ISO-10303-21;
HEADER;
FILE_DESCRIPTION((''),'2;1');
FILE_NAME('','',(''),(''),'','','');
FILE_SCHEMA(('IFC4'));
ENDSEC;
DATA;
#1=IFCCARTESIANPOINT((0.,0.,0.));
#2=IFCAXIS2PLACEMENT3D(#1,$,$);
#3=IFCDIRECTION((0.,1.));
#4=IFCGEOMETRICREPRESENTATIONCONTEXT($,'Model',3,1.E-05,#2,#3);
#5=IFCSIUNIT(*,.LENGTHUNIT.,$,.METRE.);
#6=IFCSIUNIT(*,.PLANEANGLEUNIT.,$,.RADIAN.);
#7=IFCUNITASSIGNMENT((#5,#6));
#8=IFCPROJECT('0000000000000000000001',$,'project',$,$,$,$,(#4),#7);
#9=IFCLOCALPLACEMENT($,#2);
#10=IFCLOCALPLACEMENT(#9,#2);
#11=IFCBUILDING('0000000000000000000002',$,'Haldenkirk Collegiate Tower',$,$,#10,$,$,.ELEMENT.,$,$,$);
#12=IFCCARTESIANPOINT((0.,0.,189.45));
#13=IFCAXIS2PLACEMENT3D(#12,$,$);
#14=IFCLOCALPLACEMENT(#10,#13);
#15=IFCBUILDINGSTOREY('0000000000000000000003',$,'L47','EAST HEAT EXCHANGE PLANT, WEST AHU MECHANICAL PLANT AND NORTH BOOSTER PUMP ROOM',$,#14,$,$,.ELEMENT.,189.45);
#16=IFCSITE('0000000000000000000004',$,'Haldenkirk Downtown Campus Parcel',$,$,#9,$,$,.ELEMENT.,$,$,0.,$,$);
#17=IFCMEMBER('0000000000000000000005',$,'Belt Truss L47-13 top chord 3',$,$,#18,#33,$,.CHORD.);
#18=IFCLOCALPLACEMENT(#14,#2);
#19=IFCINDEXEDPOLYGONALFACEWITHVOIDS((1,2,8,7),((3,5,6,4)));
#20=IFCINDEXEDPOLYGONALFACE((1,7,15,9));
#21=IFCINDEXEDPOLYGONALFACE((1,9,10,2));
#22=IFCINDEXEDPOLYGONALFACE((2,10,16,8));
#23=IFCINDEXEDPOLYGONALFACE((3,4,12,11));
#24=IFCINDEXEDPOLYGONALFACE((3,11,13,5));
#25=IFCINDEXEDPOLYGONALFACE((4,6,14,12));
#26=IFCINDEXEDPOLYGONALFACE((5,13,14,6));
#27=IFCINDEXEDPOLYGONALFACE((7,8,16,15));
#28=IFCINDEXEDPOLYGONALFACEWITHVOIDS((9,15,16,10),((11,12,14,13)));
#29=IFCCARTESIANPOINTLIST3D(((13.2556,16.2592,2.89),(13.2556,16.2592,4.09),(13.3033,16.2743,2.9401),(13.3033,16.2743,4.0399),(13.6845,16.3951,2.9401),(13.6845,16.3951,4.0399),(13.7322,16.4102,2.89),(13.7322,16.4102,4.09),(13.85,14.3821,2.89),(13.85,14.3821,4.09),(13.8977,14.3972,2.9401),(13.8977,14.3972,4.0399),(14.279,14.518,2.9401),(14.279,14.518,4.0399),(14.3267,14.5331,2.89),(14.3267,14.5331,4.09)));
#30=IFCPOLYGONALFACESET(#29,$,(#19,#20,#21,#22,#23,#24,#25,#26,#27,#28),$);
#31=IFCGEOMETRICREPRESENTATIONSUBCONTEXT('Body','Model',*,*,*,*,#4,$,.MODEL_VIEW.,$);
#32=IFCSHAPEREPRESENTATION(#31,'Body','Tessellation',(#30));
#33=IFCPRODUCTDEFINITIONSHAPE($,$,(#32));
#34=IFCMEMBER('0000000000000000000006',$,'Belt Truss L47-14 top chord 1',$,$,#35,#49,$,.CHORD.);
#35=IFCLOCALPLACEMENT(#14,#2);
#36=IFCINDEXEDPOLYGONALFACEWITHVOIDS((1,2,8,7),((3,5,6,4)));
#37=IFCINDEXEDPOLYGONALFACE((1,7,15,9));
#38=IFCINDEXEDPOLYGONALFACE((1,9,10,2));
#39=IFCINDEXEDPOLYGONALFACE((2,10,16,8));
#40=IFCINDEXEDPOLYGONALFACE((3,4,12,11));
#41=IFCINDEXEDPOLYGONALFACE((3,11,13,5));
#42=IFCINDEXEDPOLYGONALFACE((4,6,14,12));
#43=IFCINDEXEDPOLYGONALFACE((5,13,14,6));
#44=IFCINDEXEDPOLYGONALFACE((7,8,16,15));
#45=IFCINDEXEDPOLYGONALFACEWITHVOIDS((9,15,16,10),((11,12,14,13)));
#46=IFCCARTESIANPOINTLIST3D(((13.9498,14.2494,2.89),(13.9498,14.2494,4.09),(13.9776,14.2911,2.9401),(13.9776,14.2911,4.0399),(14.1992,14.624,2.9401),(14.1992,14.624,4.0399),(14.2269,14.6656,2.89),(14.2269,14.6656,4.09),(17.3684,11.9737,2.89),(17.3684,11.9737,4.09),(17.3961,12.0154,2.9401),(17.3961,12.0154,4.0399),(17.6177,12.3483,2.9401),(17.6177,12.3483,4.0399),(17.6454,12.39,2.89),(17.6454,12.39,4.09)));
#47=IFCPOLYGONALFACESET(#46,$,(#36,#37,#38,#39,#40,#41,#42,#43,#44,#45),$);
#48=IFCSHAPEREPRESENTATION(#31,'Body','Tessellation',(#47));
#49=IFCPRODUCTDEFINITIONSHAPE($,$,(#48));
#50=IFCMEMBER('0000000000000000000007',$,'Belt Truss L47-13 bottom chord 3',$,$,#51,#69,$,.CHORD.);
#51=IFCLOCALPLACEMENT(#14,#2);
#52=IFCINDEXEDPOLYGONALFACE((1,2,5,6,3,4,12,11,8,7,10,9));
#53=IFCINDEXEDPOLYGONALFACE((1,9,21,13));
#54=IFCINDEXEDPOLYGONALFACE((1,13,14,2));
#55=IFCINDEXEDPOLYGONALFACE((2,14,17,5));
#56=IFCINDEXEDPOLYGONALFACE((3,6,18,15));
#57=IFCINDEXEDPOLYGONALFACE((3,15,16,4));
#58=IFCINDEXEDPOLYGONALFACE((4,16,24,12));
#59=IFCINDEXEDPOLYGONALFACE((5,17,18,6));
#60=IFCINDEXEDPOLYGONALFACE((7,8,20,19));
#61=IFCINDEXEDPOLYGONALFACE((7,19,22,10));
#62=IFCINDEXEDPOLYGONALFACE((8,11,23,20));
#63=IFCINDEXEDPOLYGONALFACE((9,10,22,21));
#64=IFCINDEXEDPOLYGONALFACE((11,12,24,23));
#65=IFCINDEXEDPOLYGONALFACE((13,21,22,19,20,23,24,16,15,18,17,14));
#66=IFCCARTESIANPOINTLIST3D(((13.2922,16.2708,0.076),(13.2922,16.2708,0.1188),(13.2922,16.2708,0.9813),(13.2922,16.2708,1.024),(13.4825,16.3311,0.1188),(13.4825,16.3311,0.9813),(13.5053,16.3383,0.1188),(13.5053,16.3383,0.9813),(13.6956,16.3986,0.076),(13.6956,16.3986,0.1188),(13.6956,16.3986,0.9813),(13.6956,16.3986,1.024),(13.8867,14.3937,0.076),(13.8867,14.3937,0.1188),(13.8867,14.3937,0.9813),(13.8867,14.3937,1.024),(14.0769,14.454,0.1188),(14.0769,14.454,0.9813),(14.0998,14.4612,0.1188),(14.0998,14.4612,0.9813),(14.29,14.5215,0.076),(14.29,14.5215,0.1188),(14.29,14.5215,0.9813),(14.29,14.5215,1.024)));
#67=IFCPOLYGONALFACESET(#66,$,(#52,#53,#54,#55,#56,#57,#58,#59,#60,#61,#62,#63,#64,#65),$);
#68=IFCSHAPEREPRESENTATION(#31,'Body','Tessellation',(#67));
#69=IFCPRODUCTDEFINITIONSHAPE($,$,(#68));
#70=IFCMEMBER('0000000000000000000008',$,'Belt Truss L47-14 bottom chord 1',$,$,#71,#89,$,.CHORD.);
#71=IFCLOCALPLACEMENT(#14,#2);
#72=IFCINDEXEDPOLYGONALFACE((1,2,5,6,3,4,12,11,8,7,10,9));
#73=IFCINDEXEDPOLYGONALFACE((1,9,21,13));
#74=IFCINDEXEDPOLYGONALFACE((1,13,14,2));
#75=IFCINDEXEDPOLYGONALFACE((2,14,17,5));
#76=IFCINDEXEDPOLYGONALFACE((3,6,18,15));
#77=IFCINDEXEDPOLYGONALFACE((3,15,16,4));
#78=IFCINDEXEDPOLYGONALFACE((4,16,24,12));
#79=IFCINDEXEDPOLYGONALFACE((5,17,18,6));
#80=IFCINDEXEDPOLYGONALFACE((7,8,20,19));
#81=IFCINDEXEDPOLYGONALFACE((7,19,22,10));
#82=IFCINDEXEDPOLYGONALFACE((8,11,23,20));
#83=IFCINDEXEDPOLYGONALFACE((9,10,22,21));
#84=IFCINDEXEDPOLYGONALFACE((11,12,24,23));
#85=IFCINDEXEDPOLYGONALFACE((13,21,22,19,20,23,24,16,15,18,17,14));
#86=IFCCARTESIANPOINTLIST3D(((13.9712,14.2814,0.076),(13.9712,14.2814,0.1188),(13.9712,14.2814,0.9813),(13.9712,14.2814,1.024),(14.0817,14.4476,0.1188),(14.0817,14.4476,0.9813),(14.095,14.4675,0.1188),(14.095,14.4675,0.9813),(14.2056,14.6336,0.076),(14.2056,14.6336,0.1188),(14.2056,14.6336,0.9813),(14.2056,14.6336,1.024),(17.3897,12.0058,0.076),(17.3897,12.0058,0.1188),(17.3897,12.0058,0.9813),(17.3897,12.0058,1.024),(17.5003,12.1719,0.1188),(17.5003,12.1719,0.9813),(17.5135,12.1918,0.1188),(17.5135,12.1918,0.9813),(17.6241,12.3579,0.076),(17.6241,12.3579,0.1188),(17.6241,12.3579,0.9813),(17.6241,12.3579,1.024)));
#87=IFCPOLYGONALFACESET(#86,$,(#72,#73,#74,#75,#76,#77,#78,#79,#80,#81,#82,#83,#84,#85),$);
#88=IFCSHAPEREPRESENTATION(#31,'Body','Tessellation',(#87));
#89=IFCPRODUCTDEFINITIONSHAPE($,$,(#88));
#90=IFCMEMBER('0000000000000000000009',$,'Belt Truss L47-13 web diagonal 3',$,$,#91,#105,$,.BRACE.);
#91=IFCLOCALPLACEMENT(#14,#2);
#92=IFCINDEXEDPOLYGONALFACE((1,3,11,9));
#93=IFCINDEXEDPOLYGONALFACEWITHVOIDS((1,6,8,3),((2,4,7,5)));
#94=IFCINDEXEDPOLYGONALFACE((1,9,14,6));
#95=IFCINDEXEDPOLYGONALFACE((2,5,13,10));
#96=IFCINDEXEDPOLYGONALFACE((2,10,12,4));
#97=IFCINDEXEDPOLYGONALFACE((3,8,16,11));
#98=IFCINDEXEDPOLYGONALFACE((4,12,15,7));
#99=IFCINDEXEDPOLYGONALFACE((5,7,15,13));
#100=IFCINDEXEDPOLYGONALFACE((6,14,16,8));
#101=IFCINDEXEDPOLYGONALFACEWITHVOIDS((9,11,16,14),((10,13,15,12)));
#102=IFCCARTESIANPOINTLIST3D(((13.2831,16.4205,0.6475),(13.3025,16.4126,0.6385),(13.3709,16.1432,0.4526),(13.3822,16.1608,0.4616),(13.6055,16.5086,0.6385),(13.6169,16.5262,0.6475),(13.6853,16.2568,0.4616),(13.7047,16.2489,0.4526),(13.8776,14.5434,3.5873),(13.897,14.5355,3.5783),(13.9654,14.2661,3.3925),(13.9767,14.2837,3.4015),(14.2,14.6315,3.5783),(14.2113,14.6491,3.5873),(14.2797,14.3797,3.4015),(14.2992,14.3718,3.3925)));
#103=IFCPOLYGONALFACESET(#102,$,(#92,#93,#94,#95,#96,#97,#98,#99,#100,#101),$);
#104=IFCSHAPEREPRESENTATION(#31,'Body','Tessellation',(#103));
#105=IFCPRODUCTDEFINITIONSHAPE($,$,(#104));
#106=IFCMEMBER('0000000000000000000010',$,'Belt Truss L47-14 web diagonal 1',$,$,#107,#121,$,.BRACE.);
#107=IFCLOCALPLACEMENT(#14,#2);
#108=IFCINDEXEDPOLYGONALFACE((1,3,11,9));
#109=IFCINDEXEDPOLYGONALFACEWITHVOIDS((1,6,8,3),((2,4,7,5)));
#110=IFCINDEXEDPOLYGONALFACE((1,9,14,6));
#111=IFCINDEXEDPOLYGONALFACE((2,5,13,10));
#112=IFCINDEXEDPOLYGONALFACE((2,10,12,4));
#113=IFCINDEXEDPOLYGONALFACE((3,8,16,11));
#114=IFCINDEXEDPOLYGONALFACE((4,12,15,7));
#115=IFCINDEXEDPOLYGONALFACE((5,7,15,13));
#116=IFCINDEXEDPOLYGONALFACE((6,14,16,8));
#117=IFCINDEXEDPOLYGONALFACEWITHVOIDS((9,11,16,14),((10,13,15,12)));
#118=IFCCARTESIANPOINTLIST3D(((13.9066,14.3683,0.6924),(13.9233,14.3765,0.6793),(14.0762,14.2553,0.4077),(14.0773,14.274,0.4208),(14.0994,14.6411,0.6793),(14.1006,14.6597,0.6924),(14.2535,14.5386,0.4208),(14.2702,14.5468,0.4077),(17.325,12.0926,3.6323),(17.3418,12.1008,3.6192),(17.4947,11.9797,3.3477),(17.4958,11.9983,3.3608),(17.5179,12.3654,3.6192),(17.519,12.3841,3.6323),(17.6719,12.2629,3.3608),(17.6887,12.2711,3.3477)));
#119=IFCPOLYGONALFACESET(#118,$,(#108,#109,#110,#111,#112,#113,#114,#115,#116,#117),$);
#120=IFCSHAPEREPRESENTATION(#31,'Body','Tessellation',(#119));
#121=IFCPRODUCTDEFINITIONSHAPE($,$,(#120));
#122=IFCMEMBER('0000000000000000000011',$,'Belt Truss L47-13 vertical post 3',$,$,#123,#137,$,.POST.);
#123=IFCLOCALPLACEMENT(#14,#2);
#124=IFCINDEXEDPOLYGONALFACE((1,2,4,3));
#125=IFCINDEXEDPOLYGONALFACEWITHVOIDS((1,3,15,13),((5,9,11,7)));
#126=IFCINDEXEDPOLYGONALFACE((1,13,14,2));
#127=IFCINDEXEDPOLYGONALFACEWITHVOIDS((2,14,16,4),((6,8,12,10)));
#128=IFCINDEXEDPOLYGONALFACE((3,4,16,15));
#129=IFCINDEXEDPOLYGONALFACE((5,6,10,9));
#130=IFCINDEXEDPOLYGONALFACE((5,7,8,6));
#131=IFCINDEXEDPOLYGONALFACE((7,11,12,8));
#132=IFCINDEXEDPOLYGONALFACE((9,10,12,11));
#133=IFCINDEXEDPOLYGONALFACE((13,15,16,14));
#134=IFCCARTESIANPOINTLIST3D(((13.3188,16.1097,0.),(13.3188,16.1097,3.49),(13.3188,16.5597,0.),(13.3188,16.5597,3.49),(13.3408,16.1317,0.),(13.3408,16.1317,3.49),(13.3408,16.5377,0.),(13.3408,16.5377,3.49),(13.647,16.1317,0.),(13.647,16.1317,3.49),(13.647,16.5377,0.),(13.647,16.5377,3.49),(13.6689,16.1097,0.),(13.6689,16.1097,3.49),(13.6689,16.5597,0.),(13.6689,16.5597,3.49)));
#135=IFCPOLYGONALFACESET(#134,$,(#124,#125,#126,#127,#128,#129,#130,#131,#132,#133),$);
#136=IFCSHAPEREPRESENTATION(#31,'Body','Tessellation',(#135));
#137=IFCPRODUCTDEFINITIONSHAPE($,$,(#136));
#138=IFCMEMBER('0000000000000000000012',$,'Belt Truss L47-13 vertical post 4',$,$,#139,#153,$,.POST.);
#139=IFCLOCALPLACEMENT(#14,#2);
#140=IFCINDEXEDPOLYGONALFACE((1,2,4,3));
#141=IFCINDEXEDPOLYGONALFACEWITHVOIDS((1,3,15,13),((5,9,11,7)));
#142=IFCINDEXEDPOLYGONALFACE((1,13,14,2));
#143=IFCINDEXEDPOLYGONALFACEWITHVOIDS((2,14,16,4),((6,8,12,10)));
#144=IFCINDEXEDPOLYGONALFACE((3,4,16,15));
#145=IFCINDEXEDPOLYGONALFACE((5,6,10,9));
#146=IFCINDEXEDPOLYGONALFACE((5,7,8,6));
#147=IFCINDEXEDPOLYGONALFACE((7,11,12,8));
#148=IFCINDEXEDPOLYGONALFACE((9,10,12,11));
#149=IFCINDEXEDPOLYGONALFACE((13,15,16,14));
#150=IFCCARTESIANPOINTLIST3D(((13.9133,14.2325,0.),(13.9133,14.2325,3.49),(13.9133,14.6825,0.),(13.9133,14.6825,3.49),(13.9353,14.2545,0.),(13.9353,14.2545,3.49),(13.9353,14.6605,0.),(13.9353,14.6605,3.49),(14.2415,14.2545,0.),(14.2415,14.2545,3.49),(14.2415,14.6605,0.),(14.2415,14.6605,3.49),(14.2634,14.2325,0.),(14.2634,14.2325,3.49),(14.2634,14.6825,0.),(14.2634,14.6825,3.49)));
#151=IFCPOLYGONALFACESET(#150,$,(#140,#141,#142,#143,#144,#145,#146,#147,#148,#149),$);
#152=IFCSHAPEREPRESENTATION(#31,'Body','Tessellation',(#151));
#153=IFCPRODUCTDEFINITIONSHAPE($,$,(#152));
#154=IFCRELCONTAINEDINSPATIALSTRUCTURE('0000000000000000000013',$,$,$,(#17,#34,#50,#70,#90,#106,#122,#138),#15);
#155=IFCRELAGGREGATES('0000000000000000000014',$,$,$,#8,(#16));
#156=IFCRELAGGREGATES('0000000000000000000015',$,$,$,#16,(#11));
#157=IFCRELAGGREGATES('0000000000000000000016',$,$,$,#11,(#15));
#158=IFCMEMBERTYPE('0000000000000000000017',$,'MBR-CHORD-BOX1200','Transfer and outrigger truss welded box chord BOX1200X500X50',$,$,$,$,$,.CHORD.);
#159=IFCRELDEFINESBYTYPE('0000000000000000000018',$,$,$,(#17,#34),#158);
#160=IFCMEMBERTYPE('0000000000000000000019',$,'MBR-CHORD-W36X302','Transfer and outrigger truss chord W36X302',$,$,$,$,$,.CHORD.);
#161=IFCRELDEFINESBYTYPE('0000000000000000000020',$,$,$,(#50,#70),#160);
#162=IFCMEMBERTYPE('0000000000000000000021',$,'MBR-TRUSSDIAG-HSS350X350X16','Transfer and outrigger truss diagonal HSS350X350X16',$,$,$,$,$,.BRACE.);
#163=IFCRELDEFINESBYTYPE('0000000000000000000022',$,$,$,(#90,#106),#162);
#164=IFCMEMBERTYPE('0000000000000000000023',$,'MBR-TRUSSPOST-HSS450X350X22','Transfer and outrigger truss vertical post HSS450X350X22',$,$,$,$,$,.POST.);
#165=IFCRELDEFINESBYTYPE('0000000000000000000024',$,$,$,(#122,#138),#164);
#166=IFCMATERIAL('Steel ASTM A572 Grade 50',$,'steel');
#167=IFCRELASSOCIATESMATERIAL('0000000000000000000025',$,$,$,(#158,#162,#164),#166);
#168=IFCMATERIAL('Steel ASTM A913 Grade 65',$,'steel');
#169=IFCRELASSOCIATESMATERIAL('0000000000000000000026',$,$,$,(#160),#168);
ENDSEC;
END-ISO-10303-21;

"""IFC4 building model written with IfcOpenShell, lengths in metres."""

from ifc_helpers import new_model, si_unit, direction, frame, origin, origin_2d, place, context, subcontext, project, spatial, hollow_rectangle, i_section, extrude, material, material_profile, profile_set, type_object, element, save


model = new_model("IFC4")

# Units and contexts
model_context = context("Model", 3, precision=1e-05, world=origin(), true_north=direction((0.0, 1.0)))
body_context = subcontext(model_context, "Body", "Model", "MODEL_VIEW")
ifc_project = project(units=[si_unit("LENGTHUNIT", "METRE"), si_unit("PLANEANGLEUNIT", "RADIAN")], contexts=[model_context])

# Site, building, storey
site_placement = place(None, origin())
site = spatial("IfcSite", under=ifc_project, at=site_placement, Name="Haldenkirk Downtown Campus Parcel", CompositionType="ELEMENT", RefElevation=0.0)
building_placement = place(site_placement, origin())
building = spatial("IfcBuilding", under=site, at=building_placement, Name="Haldenkirk Collegiate Tower", CompositionType="ELEMENT")
storey_placement = place(building_placement, frame((0.0, 0.0, 189.45)))
storey = spatial("IfcBuildingStorey", under=building, at=storey_placement, Name="L47", Description="EAST HEAT EXCHANGE PLANT, WEST AHU MECHANICAL PLANT AND NORTH BOOSTER PUMP ROOM", CompositionType="ELEMENT", Elevation=189.45)

# Members
ifc_material_1 = material(Name="Steel ASTM A572 Grade 50", Category="steel")
ifc_material_profile_1 = material_profile(ifc_material_1, hollow_rectangle(XDim=0.5, YDim=1.2, WallThickness=0.05, at=origin_2d()), Name="BOX1200X500X50")
ifc_profile_set_1 = profile_set([ifc_material_profile_1], Name="Steel ASTM A572 Grade 50")
member_type_1 = type_object("IfcMemberType", Name="MBR-CHORD-BOX1200", Description="Transfer and outrigger truss welded box chord BOX1200X500X50", PredefinedType="CHORD", material=ifc_profile_set_1)
member_1_placement = place(storey_placement, frame((13.4939, 16.3347, 3.49), z_axis=(0.301909, -0.953337, 0.0), x_axis=(0.953337, 0.301909, 0.0)))
element("IfcMember", 1, at=member_1_placement, inside=storey, type_object=member_type_1, Name="Belt Truss L47-13 top chord 3", PredefinedType="CHORD", context=body_context, shape_type="SweptSolid", body=[
    extrude(hollow_rectangle(XDim=0.5, YDim=1.2, WallThickness=0.05, at=origin_2d()), origin(), (0.0, 0.0, 1.0), 1.969),
])
member_2_placement = place(storey_placement, frame((14.0884, 14.4575, 3.49), z_axis=(0.832425, -0.554138, 0.0), x_axis=(0.554138, 0.832425, 0.0)))
element("IfcMember", 2, at=member_2_placement, inside=storey, type_object=member_type_1, Name="Belt Truss L47-14 top chord 1", PredefinedType="CHORD", context=body_context, shape_type="SweptSolid", body=[
    extrude(hollow_rectangle(XDim=0.5, YDim=1.2, WallThickness=0.05, at=origin_2d()), origin(), (0.0, 0.0, 1.0), 4.1067),
])
ifc_material_2 = material(Name="Steel ASTM A913 Grade 65", Category="steel")
ifc_material_profile_2 = material_profile(ifc_material_2, i_section(OverallWidth=0.4231, OverallDepth=0.948, WebThickness=0.0239, FlangeThickness=0.0427, at=origin_2d()), Name="W36X302")
ifc_profile_set_2 = profile_set([ifc_material_profile_2], Name="Steel ASTM A913 Grade 65")
member_type_2 = type_object("IfcMemberType", Name="MBR-CHORD-W36X302", Description="Transfer and outrigger truss chord W36X302", PredefinedType="CHORD", material=ifc_profile_set_2)
member_3_placement = place(storey_placement, frame((13.4939, 16.3347, 0.55), z_axis=(0.301909, -0.953337, 0.0), x_axis=(0.953337, 0.301909, 0.0)))
element("IfcMember", 3, at=member_3_placement, inside=storey, type_object=member_type_2, Name="Belt Truss L47-13 bottom chord 3", PredefinedType="CHORD", context=body_context, shape_type="SweptSolid", body=[
    extrude(i_section(OverallWidth=0.4231, OverallDepth=0.948, WebThickness=0.0239, FlangeThickness=0.0427, at=origin_2d()), origin(), (0.0, 0.0, 1.0), 1.969),
])
member_4_placement = place(storey_placement, frame((14.0884, 14.4575, 0.55), z_axis=(0.832425, -0.554138, 0.0), x_axis=(0.554138, 0.832425, 0.0)))
element("IfcMember", 4, at=member_4_placement, inside=storey, type_object=member_type_2, Name="Belt Truss L47-14 bottom chord 1", PredefinedType="CHORD", context=body_context, shape_type="SweptSolid", body=[
    extrude(i_section(OverallWidth=0.4231, OverallDepth=0.948, WebThickness=0.0239, FlangeThickness=0.0427, at=origin_2d()), origin(), (0.0, 0.0, 1.0), 4.1067),
])
ifc_material_profile_3 = material_profile(ifc_material_1, hollow_rectangle(XDim=0.3501, YDim=0.3501, WallThickness=0.0161, at=origin_2d()), Name="HSS350X350X16")
ifc_profile_set_3 = profile_set([ifc_material_profile_3], Name="Steel ASTM A572 Grade 50")
member_type_3 = type_object("IfcMemberType", Name="MBR-TRUSSDIAG-HSS350X350X16", Description="Transfer and outrigger truss diagonal HSS350X350X16", PredefinedType="BRACE", material=ifc_profile_set_3)
member_5_placement = place(storey_placement, frame((13.4939, 16.3347, 0.55), z_axis=(0.168007, -0.530516, 0.830859), x_axis=(0.953337, 0.301909, 0.0)))
element("IfcMember", 5, at=member_5_placement, inside=storey, type_object=member_type_3, Name="Belt Truss L47-13 web diagonal 3", PredefinedType="BRACE", context=body_context, shape_type="SweptSolid", body=[
    extrude(hollow_rectangle(XDim=0.3501, YDim=0.3501, WallThickness=0.0161, at=origin_2d()), origin(), (0.0, 0.0, 1.0), 3.5383),
])
member_6_placement = place(storey_placement, frame((14.0884, 14.4575, 0.55), z_axis=(0.676854, -0.450576, 0.582108), x_axis=(0.554138, 0.832425, 0.0)))
element("IfcMember", 6, at=member_6_placement, inside=storey, type_object=member_type_3, Name="Belt Truss L47-14 web diagonal 1", PredefinedType="BRACE", context=body_context, shape_type="SweptSolid", body=[
    extrude(hollow_rectangle(XDim=0.3501, YDim=0.3501, WallThickness=0.0161, at=origin_2d()), origin(), (0.0, 0.0, 1.0), 5.0505),
])
ifc_material_profile_4 = material_profile(ifc_material_1, hollow_rectangle(XDim=0.3501, YDim=0.45, WallThickness=0.022, at=origin_2d()), Name="HSS450X350X22")
ifc_profile_set_4 = profile_set([ifc_material_profile_4], Name="Steel ASTM A572 Grade 50")
member_type_4 = type_object("IfcMemberType", Name="MBR-TRUSSPOST-HSS450X350X22", Description="Transfer and outrigger truss vertical post HSS450X350X22", PredefinedType="POST", material=ifc_profile_set_4)
for number, where, z_axis, x_axis, name in (
    (7, (13.4939, 16.3347, 0.0), (0.0, 0.0, 1.0), (1.0, 0.0, 0.0), "Belt Truss L47-13 vertical post 3"),
    (8, (14.0884, 14.4575, 0.0), (0.0, 0.0, 1.0), (1.0, 0.0, 0.0), "Belt Truss L47-13 vertical post 4"),
):
    element("IfcMember", number, at=place(storey_placement, frame(where, z_axis=z_axis, x_axis=x_axis)), inside=storey, type_object=member_type_4, Name=name, PredefinedType="POST", context=body_context, shape_type="SweptSolid", body=[
        extrude(hollow_rectangle(XDim=0.3501, YDim=0.45, WallThickness=0.022, at=origin_2d()), origin(), (0.0, 0.0, 1.0), 3.49),
    ])

save(model, "model.ifc")
